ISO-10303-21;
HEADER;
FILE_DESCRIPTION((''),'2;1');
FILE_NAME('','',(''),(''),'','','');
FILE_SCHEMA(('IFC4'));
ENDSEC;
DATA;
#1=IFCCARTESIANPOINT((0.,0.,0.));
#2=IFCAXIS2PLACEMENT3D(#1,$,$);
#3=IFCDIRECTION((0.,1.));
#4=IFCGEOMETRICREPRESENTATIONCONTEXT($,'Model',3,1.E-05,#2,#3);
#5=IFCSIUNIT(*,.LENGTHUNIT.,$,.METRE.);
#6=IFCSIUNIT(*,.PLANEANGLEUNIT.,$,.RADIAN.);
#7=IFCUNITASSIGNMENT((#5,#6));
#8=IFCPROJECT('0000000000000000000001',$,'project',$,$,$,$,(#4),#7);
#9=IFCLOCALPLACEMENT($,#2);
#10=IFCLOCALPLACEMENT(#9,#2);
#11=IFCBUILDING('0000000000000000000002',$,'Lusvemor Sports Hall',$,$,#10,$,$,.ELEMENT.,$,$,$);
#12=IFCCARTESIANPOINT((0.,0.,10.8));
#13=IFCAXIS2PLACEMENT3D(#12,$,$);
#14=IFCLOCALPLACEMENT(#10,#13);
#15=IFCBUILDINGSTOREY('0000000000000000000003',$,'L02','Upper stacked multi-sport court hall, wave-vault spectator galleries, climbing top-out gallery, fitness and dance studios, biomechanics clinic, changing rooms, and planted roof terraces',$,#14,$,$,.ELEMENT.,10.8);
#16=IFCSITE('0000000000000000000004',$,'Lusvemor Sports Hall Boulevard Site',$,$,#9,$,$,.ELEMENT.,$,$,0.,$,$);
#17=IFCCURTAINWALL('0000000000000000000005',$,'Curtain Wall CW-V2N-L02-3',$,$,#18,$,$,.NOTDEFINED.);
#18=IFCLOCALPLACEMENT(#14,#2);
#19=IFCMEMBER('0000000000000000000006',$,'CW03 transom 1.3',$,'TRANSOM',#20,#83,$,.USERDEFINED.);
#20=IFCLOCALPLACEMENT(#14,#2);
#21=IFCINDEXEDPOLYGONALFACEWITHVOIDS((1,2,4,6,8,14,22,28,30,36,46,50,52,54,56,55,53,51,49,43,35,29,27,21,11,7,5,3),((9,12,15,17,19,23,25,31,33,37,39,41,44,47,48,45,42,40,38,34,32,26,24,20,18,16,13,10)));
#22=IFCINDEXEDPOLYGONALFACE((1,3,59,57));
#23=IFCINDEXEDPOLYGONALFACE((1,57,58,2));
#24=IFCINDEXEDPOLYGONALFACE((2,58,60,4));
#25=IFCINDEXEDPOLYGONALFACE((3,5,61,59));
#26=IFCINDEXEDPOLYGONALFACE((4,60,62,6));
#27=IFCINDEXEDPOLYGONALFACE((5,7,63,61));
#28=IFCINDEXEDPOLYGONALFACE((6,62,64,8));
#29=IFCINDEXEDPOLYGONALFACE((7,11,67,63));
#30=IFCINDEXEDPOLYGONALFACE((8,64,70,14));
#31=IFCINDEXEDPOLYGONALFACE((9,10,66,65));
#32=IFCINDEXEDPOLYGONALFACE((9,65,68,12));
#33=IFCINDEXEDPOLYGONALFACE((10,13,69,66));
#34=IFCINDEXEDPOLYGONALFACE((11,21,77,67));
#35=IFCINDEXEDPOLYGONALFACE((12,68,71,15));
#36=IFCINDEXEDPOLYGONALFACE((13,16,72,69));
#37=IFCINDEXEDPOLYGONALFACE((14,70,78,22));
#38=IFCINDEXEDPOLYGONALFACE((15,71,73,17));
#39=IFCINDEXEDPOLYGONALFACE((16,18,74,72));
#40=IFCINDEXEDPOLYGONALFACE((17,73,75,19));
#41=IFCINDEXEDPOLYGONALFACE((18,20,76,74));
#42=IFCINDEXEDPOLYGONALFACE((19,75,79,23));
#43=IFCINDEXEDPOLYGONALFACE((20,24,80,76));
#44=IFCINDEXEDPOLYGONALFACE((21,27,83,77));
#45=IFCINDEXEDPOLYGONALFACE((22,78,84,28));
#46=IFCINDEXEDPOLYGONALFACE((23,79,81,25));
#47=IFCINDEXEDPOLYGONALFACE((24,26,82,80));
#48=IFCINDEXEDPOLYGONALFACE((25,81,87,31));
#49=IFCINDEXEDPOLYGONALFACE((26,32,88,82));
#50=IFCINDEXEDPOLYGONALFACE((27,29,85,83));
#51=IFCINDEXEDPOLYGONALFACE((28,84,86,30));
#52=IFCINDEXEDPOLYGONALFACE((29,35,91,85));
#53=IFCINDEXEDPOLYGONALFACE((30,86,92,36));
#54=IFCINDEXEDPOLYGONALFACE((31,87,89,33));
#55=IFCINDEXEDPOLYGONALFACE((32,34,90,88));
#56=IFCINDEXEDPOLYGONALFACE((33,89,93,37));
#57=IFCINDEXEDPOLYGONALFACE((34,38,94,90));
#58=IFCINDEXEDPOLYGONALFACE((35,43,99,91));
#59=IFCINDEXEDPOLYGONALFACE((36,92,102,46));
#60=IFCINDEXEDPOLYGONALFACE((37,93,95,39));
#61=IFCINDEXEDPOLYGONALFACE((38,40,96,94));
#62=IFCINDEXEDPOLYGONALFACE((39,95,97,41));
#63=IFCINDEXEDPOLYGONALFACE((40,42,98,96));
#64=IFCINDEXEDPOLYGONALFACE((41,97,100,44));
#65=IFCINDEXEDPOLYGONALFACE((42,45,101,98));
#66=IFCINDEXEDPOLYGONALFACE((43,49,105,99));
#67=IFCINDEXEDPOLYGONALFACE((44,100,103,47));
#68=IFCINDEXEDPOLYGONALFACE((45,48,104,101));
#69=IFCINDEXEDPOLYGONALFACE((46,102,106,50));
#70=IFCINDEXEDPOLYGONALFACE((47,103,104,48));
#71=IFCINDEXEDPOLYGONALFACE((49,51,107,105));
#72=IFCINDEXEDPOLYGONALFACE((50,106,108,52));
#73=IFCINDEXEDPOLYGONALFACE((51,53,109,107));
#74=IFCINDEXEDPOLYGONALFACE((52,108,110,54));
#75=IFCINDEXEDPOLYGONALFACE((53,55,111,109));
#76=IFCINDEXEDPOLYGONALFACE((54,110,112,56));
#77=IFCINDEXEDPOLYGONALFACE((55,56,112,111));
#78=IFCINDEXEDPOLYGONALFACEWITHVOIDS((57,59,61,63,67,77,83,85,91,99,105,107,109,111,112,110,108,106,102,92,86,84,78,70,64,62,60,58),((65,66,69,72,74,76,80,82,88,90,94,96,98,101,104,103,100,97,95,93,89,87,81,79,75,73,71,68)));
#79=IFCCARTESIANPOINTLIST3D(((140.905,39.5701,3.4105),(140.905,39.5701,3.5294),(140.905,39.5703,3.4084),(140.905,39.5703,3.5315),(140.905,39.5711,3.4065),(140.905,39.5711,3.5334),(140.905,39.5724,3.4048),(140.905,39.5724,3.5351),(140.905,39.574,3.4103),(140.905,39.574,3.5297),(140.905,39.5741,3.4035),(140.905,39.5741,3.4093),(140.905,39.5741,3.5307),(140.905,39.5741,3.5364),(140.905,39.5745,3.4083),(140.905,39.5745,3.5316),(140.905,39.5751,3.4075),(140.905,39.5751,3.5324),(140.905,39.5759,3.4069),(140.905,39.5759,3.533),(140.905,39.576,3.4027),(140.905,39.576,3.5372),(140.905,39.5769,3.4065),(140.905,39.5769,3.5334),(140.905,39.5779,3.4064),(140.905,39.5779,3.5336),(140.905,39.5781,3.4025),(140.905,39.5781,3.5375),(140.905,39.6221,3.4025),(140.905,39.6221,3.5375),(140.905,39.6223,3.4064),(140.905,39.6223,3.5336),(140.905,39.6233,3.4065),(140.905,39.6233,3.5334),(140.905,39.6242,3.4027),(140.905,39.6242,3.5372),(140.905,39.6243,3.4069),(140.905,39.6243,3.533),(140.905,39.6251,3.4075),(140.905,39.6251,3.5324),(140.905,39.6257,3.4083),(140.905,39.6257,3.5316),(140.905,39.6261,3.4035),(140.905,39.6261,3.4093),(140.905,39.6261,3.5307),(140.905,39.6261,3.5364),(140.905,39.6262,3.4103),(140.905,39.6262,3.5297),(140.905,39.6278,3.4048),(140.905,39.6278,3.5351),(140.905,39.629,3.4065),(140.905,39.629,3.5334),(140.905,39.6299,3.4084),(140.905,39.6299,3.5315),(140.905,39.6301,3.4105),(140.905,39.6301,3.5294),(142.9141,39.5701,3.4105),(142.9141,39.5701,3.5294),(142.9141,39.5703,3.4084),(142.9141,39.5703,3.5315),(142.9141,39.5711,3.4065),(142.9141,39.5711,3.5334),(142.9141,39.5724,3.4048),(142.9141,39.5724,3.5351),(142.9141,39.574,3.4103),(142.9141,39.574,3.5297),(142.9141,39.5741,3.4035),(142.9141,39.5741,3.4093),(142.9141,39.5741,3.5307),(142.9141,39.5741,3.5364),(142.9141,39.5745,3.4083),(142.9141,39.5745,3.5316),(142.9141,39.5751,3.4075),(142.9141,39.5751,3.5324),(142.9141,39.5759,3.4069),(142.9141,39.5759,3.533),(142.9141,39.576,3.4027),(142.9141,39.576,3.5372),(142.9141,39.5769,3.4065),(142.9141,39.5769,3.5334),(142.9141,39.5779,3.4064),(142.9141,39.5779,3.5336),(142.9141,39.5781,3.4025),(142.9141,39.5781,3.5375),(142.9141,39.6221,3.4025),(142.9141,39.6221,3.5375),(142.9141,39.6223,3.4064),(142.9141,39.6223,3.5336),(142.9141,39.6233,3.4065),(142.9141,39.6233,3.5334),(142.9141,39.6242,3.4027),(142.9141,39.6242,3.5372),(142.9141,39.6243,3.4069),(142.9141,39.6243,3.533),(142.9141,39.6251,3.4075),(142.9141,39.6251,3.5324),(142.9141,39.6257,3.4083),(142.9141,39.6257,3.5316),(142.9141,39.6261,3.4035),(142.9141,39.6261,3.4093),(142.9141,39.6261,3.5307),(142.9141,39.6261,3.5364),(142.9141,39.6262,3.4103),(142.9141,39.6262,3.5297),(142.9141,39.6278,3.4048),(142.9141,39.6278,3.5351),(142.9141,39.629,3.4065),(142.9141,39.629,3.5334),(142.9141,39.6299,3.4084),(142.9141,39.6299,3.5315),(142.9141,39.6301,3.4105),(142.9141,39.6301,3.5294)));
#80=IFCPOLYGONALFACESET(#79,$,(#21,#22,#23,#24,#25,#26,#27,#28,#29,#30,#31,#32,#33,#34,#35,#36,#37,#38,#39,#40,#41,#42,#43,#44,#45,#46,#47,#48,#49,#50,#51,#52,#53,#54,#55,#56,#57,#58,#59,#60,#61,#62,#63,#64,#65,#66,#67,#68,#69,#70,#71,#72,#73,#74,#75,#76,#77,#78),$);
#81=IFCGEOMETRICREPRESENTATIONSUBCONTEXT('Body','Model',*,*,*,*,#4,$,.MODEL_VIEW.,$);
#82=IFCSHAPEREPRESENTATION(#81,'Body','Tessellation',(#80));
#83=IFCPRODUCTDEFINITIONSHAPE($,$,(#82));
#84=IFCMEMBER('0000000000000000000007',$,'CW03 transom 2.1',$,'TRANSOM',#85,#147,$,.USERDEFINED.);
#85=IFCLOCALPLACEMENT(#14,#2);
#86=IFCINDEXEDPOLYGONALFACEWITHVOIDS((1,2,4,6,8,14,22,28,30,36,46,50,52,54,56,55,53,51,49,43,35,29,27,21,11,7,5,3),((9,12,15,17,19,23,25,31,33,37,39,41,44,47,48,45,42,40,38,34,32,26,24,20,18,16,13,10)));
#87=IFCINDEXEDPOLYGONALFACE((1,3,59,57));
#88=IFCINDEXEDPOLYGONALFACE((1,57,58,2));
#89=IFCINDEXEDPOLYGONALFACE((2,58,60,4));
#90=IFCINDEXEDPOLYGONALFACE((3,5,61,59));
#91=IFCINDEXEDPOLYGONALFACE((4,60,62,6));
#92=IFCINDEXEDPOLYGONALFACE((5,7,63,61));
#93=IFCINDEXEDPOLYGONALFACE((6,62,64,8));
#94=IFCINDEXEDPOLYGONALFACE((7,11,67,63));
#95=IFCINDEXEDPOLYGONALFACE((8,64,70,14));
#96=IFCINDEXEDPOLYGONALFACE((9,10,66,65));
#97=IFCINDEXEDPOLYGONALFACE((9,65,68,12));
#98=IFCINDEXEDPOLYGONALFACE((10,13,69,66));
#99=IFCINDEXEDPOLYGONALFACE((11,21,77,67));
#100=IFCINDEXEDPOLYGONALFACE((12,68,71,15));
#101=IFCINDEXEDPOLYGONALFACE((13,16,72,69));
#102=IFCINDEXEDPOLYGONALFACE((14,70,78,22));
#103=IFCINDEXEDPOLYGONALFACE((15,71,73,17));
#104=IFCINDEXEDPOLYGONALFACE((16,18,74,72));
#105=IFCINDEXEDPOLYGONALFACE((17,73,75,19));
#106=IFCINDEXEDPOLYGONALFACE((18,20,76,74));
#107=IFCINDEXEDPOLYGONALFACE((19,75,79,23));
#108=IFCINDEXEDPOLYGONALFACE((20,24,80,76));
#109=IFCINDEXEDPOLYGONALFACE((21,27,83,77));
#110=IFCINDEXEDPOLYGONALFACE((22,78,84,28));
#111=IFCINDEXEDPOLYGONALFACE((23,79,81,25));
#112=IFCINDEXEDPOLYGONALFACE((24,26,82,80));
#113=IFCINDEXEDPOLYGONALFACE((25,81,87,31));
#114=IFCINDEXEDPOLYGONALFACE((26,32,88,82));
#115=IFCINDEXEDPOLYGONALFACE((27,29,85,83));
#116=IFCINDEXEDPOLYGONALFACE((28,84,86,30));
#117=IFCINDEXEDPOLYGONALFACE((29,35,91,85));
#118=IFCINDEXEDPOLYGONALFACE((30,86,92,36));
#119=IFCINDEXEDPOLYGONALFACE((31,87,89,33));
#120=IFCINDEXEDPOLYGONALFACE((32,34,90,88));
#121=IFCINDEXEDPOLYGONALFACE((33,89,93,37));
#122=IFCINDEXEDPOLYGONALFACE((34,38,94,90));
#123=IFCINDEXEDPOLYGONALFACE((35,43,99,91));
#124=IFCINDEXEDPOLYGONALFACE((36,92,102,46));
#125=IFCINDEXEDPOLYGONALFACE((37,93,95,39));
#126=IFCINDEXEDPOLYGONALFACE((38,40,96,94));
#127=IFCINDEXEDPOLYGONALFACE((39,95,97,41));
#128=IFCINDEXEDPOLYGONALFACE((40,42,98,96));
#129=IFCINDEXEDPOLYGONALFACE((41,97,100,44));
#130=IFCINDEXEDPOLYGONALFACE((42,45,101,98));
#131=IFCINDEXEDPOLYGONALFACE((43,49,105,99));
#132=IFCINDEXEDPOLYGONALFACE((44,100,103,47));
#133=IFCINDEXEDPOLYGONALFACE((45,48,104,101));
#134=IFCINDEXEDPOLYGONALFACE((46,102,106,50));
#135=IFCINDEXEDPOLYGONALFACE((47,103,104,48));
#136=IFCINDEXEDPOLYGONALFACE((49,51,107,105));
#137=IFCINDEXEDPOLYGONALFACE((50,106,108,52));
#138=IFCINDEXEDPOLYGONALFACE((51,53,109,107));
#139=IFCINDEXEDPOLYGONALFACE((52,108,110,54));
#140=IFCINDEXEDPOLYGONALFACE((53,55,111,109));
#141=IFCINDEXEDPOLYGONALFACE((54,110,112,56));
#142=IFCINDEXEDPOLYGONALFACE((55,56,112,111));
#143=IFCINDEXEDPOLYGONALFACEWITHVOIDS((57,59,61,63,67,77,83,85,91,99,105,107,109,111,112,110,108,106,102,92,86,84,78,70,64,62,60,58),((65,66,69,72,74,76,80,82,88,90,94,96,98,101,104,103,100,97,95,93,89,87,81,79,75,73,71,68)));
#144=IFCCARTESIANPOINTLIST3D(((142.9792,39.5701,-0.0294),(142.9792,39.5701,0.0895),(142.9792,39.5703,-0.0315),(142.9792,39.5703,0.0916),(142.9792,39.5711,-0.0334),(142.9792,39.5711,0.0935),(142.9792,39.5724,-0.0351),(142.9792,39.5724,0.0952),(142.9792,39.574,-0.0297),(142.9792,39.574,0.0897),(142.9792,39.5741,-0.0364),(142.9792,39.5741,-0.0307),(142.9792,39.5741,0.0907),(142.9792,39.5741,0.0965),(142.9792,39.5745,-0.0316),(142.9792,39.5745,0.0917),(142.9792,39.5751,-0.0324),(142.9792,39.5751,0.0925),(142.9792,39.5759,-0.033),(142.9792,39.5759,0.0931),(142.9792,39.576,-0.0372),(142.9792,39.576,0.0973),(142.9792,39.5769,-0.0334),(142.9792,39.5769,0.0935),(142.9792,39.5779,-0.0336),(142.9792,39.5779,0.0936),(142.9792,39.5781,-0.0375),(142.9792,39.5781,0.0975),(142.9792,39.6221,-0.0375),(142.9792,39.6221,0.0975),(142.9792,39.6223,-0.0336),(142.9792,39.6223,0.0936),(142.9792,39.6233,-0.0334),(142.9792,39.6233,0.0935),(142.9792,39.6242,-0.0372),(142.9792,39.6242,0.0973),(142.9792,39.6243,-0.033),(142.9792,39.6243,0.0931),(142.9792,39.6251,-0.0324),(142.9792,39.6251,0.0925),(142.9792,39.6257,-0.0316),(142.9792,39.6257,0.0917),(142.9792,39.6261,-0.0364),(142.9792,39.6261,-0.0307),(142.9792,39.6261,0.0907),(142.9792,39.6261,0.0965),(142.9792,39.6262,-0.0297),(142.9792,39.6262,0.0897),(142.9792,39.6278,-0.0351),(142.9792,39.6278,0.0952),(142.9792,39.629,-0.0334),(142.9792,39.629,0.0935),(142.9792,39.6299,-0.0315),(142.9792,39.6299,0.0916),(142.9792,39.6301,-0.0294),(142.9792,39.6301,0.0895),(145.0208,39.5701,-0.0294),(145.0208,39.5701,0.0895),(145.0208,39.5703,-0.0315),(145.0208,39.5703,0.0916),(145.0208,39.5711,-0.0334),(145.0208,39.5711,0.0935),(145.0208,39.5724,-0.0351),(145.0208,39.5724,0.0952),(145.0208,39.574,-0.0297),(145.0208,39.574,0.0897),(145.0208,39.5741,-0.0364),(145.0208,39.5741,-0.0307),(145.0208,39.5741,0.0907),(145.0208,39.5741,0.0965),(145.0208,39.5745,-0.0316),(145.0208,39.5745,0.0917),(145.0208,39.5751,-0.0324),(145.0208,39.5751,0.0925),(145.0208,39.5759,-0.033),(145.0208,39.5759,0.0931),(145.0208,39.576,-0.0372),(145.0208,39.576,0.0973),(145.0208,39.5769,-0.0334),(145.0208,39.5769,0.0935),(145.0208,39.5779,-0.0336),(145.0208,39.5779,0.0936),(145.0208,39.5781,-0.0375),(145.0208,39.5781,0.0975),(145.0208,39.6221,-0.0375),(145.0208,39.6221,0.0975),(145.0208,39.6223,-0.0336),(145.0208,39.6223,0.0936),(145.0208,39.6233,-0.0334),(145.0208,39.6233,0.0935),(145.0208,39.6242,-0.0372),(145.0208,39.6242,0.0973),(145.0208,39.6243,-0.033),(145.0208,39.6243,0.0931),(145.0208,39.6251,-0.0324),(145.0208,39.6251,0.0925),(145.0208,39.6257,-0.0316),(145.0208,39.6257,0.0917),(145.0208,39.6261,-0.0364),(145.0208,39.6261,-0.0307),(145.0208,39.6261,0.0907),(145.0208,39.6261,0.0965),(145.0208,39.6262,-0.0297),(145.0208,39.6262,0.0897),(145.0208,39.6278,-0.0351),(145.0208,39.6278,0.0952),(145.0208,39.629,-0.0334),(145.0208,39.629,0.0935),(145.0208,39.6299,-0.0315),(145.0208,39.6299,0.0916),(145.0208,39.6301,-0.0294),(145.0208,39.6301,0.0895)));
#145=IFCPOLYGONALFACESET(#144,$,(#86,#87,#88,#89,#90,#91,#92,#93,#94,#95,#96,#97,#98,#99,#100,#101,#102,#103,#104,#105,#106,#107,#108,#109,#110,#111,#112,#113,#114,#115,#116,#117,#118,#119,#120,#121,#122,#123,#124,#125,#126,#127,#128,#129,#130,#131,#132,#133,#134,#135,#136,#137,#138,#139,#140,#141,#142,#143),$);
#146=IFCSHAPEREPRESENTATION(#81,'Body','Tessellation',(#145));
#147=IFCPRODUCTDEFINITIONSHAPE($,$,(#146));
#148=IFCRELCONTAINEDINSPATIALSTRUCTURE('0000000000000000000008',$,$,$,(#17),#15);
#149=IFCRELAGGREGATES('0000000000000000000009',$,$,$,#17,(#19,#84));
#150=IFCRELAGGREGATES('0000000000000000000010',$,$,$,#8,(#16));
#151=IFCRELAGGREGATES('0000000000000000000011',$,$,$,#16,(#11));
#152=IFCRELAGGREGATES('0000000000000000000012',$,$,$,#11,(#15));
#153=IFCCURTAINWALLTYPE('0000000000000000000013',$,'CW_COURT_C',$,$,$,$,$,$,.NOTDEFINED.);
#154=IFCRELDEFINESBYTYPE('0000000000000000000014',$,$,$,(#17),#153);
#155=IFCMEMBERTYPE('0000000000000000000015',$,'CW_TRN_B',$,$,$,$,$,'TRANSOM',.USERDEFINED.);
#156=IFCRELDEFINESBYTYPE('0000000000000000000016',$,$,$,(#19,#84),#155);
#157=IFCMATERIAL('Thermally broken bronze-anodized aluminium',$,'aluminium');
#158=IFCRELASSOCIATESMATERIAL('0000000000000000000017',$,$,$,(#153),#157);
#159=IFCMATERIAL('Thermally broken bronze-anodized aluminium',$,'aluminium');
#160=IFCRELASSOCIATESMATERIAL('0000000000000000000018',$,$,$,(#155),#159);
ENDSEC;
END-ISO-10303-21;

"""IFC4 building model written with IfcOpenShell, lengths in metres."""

from ifc_helpers import new_model, si_unit, direction, frame, origin, origin_2d, place, context, subcontext, project, spatial, hollow_rectangle, extrude, material, material_profile, profile_set, type_object, element, aggregate, save


model = new_model("IFC4")

# Units and contexts
model_context = context("Model", 3, precision=1e-05, world=origin(), true_north=direction((0.0, 1.0)))
body_context = subcontext(model_context, "Body", "Model", "MODEL_VIEW")
ifc_project = project(units=[si_unit("LENGTHUNIT", "METRE"), si_unit("PLANEANGLEUNIT", "RADIAN")], contexts=[model_context])

# Site, building, storey
site_placement = place(None, origin())
site = spatial("IfcSite", under=ifc_project, at=site_placement, Name="Lusvemor Sports Hall Boulevard Site", CompositionType="ELEMENT", RefElevation=0.0)
building_placement = place(site_placement, origin())
building = spatial("IfcBuilding", under=site, at=building_placement, Name="Lusvemor Sports Hall", CompositionType="ELEMENT")
storey_placement = place(building_placement, frame((0.0, 0.0, 10.8)))
storey = spatial("IfcBuildingStorey", under=building, at=storey_placement, Name="L02", Description="Upper stacked multi-sport court hall, wave-vault spectator galleries, climbing top-out gallery, fitness and dance studios, biomechanics clinic, changing rooms, and planted roof terraces", CompositionType="ELEMENT", Elevation=10.8)

# Curtain wall, members
ifc_material_1 = material(Name="Thermally broken bronze-anodized aluminium", Category="aluminium")
curtain_wall_type = type_object("IfcCurtainWallType", Name="CW_COURT_C", PredefinedType="NOTDEFINED", material=ifc_material_1)
curtain_wall_placement = place(storey_placement, origin())
curtain_wall = element("IfcCurtainWall", 1, at=curtain_wall_placement, inside=storey, type_object=curtain_wall_type, Name="Curtain Wall CW-V2N-L02-3", PredefinedType="NOTDEFINED")
ifc_material_2 = material(Name="Thermally broken bronze-anodized aluminium", Category="aluminium")
ifc_material_profile_1 = material_profile(ifc_material_2, hollow_rectangle(XDim=0.0601, YDim=0.135, WallThickness=0.0039, InnerFilletRadius=0.0039, OuterFilletRadius=0.0081, at=origin_2d()), Name="CWTRN135x60x4")
ifc_profile_set_1 = profile_set([ifc_material_profile_1], Name="Thermally broken bronze-anodized aluminium")
member_type_1 = type_object("IfcMemberType", Name="CW_TRN_B", ElementType="TRANSOM", PredefinedType="USERDEFINED", material=ifc_profile_set_1)
member_1_placement = place(storey_placement, frame((140.905, 39.6001, 3.47), z_axis=(1.0, 0.0, 0.0), x_axis=(0.0, 1.0, 0.0)))
member_1 = element("IfcMember", 2, at=member_1_placement, type_object=member_type_1, Name="CW03 transom 1.3", ObjectType="TRANSOM", PredefinedType="USERDEFINED", context=body_context, shape_type="SweptSolid", body=[
    extrude(hollow_rectangle(XDim=0.0601, YDim=0.135, WallThickness=0.0039, InnerFilletRadius=0.0039, OuterFilletRadius=0.0081, at=origin_2d()), origin(), (0.0, 0.0, 1.0), 2.009),
])
member_2_placement = place(storey_placement, frame((142.9792, 39.6001, 0.03), z_axis=(1.0, 0.0, 0.0), x_axis=(0.0, 1.0, 0.0)))
member_2 = element("IfcMember", 3, at=member_2_placement, type_object=member_type_1, Name="CW03 transom 2.1", ObjectType="TRANSOM", PredefinedType="USERDEFINED", context=body_context, shape_type="SweptSolid", body=[
    extrude(hollow_rectangle(XDim=0.0601, YDim=0.135, WallThickness=0.0039, InnerFilletRadius=0.0039, OuterFilletRadius=0.0081, at=origin_2d()), origin(), (0.0, 0.0, 1.0), 2.0415),
])

aggregate(curtain_wall, [member_1, member_2])

save(model, "model.ifc")
